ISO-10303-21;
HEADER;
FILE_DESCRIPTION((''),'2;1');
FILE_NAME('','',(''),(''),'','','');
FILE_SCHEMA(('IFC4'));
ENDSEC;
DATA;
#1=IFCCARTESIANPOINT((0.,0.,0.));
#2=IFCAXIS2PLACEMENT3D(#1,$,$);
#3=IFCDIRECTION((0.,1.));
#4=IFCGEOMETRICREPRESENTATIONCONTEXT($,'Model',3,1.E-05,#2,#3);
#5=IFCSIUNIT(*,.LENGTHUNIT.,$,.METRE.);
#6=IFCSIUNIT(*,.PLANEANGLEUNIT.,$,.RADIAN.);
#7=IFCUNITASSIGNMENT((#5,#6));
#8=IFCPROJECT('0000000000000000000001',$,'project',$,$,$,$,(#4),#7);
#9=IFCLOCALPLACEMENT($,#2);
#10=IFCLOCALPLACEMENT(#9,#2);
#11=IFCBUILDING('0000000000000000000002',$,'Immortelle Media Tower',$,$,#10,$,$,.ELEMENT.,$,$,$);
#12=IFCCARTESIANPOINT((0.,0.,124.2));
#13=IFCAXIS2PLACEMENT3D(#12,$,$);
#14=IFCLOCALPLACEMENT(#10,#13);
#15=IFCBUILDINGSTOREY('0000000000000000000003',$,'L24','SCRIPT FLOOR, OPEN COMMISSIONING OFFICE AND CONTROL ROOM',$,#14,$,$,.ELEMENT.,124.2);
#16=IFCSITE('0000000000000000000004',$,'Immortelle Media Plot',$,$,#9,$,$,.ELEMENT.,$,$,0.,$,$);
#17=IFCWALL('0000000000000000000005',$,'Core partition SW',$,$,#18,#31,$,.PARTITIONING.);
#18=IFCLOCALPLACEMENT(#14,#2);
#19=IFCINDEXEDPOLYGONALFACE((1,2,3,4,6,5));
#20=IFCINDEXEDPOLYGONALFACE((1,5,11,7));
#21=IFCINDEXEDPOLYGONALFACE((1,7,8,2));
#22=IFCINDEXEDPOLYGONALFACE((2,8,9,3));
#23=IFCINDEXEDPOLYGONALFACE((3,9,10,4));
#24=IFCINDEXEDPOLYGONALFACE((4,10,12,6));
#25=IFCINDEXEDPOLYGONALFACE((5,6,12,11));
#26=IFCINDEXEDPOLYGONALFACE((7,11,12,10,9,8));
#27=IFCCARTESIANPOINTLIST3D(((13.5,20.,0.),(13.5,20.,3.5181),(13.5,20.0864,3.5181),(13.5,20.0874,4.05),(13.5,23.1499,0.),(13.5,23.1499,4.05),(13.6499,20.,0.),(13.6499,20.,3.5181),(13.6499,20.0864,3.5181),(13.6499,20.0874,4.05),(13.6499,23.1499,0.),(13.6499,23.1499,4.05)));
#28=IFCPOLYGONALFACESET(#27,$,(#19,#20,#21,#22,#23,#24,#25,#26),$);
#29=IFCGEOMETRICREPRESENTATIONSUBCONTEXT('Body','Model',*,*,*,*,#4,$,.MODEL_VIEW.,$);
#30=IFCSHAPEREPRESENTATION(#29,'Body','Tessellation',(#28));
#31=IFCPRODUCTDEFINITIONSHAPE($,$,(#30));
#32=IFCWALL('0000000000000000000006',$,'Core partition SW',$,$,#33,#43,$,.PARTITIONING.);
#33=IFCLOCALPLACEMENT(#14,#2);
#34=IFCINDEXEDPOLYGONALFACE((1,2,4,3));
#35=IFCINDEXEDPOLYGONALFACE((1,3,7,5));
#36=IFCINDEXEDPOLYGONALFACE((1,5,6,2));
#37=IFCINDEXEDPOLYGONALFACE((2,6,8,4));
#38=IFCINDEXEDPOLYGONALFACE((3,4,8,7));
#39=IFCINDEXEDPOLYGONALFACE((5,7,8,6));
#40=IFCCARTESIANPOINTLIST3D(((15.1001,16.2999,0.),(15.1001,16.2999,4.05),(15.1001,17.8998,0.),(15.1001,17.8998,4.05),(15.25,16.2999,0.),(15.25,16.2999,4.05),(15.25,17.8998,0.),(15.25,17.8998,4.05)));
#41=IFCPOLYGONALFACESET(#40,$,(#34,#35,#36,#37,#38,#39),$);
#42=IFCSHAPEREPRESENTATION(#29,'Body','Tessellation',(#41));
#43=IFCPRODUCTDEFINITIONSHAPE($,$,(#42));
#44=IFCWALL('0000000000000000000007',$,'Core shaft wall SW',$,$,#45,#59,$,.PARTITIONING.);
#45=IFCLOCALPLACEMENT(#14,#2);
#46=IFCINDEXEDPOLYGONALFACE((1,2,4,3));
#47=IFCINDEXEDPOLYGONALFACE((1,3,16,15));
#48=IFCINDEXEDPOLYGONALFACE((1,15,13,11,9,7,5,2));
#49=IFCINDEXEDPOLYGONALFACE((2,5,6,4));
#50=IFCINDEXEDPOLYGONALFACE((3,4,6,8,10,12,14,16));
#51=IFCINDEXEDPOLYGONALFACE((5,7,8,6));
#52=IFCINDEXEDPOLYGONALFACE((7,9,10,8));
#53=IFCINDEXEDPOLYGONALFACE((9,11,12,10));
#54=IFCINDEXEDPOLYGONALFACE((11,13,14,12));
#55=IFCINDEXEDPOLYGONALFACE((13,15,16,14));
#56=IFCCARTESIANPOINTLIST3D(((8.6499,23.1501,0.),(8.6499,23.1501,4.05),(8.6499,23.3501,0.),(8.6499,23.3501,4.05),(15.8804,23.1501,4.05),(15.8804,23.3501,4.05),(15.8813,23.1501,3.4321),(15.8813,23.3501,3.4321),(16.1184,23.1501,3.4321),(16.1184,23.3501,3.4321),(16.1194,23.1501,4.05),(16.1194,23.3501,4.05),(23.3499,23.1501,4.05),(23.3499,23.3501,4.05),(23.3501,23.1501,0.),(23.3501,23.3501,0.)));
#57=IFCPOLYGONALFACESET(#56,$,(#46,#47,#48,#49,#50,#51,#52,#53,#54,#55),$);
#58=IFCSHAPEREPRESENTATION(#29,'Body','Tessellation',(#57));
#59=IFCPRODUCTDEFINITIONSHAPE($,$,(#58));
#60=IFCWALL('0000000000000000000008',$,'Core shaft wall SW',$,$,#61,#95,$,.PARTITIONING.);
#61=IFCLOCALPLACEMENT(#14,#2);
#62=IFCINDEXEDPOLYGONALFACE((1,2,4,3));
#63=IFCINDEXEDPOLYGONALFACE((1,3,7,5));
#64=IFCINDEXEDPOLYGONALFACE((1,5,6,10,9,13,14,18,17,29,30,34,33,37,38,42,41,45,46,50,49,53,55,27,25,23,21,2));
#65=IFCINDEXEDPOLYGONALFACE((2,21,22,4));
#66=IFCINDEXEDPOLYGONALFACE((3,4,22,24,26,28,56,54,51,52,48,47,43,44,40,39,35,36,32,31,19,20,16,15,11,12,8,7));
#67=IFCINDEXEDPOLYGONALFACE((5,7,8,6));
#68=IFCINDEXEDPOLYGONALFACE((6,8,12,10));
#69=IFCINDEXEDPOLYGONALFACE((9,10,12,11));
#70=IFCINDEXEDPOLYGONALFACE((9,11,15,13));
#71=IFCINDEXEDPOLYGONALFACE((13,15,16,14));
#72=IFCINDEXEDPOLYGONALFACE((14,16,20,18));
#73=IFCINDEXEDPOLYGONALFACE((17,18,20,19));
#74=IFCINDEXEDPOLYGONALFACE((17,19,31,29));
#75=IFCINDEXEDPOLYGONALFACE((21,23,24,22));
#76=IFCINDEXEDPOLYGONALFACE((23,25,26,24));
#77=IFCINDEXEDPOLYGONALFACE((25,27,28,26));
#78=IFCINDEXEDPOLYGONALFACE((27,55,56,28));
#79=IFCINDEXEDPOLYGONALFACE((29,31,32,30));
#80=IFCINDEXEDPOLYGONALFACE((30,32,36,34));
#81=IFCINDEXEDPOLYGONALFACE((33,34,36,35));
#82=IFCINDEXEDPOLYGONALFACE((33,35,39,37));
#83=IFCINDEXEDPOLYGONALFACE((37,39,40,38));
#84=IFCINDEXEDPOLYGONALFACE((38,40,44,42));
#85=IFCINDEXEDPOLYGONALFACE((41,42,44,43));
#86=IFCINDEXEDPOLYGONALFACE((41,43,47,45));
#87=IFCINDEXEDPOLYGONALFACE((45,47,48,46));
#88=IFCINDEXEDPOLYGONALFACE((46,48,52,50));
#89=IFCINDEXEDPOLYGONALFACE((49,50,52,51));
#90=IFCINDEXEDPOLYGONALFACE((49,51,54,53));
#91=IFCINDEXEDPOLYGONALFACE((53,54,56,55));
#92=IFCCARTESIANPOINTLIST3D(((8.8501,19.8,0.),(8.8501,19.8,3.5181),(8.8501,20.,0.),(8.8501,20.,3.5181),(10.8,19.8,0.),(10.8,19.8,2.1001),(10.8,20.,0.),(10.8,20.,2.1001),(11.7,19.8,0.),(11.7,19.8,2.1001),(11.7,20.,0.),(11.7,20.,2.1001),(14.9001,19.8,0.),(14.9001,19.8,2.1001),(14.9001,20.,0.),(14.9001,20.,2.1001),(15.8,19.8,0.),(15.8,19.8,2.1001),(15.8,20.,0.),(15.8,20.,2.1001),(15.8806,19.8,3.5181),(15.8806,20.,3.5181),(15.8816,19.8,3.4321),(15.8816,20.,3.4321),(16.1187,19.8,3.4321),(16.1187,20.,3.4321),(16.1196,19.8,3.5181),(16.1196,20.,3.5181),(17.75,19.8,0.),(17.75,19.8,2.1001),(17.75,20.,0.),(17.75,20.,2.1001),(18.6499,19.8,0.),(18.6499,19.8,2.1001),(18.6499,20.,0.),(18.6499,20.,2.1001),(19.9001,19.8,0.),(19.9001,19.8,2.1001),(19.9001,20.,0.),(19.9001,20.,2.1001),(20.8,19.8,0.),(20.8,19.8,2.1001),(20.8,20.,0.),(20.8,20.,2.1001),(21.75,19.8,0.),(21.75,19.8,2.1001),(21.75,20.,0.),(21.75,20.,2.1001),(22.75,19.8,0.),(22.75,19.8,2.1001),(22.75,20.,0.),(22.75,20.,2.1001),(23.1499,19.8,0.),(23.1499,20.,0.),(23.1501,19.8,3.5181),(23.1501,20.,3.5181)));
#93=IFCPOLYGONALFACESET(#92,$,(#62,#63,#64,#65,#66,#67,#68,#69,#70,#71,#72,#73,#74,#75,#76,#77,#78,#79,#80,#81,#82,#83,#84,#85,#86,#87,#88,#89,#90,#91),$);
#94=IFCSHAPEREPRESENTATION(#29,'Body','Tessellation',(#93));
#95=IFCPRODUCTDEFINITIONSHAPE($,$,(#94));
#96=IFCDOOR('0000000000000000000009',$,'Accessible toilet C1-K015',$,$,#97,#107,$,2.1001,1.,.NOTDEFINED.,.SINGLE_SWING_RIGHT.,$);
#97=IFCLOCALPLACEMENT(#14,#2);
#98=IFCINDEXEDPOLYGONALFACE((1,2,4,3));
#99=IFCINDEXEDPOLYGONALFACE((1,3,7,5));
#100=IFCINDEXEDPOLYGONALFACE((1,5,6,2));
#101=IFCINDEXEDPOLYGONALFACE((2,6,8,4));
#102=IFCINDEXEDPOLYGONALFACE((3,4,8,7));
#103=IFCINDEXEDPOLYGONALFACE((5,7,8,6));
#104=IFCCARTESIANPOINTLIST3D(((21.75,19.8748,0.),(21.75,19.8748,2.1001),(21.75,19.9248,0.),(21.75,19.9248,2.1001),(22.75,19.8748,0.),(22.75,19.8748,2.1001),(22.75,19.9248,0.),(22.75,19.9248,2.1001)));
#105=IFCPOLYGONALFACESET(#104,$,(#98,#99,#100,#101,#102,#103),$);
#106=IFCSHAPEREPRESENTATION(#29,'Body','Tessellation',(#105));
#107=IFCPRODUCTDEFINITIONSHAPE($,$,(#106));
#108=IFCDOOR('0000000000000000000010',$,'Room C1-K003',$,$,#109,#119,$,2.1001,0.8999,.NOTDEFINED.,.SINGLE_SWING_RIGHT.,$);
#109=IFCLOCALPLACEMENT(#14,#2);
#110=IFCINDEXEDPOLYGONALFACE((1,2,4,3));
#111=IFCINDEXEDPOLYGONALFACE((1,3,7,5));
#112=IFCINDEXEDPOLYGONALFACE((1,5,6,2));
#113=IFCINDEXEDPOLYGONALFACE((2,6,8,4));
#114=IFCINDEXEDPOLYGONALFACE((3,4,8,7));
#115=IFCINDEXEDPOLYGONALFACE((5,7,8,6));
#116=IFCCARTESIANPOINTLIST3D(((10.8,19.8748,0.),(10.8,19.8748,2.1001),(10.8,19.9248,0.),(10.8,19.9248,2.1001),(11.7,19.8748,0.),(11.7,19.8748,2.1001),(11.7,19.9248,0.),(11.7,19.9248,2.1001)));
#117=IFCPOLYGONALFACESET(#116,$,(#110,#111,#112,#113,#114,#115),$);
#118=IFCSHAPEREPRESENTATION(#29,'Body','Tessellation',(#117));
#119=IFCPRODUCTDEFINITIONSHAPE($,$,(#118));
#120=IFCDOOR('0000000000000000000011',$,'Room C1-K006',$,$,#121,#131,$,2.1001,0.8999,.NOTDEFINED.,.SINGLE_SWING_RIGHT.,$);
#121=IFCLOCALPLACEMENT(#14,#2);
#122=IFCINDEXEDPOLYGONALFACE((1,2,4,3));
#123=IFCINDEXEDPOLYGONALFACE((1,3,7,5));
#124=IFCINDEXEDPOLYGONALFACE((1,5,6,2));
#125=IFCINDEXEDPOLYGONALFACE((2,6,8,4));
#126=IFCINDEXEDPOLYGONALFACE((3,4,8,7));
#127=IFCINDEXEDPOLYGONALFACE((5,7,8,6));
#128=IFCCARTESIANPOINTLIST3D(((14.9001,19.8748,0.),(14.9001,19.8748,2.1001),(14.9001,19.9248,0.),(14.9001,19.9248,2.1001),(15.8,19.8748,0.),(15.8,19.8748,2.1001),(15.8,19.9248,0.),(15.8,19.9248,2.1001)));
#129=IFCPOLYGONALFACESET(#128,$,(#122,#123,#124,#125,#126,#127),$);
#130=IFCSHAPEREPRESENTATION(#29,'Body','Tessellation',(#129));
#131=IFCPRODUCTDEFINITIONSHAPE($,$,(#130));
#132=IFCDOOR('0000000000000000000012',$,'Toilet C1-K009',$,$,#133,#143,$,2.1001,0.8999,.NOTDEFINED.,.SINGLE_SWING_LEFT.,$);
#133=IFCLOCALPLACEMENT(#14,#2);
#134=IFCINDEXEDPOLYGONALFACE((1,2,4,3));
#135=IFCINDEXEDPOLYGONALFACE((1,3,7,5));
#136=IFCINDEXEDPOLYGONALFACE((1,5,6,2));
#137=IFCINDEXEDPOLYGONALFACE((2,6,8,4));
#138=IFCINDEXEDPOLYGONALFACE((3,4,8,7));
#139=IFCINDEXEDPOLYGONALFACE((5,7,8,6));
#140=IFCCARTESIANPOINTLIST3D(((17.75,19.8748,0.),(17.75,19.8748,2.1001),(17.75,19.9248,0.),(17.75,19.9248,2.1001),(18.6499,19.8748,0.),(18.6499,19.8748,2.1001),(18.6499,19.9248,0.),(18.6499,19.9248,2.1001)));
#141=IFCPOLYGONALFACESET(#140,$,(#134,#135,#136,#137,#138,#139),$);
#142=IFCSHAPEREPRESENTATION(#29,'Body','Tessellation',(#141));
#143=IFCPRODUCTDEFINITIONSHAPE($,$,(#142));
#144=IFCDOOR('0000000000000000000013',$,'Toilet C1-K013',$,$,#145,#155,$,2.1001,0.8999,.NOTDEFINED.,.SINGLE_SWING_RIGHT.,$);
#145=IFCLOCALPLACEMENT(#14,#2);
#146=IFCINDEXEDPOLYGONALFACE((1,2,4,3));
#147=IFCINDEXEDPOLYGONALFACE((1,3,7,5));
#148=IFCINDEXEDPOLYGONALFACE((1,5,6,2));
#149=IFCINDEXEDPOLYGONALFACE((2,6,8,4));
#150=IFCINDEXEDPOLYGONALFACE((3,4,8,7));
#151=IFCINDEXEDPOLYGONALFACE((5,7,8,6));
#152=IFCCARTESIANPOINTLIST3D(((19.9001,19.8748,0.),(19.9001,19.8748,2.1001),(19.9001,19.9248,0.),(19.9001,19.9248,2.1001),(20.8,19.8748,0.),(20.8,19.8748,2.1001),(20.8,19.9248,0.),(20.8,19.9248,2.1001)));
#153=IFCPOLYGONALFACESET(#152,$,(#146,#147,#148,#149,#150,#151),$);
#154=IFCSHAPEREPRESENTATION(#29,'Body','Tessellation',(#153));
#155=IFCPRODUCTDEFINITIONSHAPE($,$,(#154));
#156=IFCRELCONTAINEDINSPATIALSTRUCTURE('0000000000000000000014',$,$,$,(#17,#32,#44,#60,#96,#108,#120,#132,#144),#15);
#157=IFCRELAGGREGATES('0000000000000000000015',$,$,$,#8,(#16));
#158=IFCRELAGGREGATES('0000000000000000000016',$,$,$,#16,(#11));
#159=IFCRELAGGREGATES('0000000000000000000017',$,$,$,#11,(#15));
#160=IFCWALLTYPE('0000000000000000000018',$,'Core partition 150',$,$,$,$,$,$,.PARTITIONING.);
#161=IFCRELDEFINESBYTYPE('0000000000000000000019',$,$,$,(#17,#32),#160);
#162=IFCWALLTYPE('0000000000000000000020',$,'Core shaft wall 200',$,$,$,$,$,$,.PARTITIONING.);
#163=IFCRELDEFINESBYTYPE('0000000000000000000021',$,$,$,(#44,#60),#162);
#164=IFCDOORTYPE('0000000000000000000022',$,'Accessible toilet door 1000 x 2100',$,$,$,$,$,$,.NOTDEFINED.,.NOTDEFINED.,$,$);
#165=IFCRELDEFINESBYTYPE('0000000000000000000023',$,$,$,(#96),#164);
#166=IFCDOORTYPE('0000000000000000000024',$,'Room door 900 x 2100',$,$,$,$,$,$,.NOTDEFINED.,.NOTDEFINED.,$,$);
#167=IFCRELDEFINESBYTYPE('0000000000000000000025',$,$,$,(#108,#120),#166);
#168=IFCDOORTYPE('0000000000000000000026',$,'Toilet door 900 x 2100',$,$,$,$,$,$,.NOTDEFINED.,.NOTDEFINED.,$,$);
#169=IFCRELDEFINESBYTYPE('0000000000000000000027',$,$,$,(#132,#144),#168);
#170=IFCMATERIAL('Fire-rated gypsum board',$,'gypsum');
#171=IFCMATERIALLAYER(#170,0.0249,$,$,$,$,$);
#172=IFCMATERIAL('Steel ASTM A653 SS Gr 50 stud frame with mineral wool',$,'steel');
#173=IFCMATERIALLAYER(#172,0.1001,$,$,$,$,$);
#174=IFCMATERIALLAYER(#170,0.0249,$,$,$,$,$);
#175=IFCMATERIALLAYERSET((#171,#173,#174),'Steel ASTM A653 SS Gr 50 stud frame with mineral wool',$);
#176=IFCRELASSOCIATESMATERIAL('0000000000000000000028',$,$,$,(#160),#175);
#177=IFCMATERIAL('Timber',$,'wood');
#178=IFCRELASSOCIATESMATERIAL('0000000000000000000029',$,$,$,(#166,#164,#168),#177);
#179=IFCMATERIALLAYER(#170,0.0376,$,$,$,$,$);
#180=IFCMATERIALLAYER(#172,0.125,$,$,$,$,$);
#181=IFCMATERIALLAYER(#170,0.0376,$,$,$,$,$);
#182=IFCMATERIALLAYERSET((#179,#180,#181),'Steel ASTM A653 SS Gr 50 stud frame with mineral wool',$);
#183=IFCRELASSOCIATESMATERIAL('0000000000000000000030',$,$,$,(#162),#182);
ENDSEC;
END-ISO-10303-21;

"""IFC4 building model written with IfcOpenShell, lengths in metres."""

from ifc_helpers import new_model, si_unit, direction, frame, frame_2d, origin, place, context, subcontext, project, spatial, polyline, rectangle, outline, extrude, material, layer, layer_set, type_object, element, fill, save


model = new_model("IFC4")

# Units and contexts
model_context = context("Model", 3, precision=1e-05, world=origin(), true_north=direction((0.0, 1.0)))
body_context = subcontext(model_context, "Body", "Model", "MODEL_VIEW")
ifc_project = project(units=[si_unit("LENGTHUNIT", "METRE"), si_unit("PLANEANGLEUNIT", "RADIAN")], contexts=[model_context])

# Site, building, storey
site_placement = place(None, origin())
site = spatial("IfcSite", under=ifc_project, at=site_placement, Name="Immortelle Media Plot", CompositionType="ELEMENT", RefElevation=0.0)
building_placement = place(site_placement, origin())
building = spatial("IfcBuilding", under=site, at=building_placement, Name="Immortelle Media Tower", CompositionType="ELEMENT")
storey_placement = place(building_placement, frame((0.0, 0.0, 124.2)))
storey = spatial("IfcBuildingStorey", under=building, at=storey_placement, Name="L24", Description="SCRIPT FLOOR, OPEN COMMISSIONING OFFICE AND CONTROL ROOM", CompositionType="ELEMENT", Elevation=124.2)

# Shared definitions
ifc_material_1 = material(Name="Fire-rated gypsum board", Category="gypsum")
ifc_layer_1 = layer(ifc_material_1, 0.0249)
ifc_material_2 = material(Name="Steel ASTM A653 SS Gr 50 stud frame with mineral wool", Category="steel")
ifc_layer_2 = layer(ifc_material_2, 0.1001)
ifc_layer_3 = layer(ifc_material_1, 0.0249)
ifc_layer_set_1 = layer_set([ifc_layer_1, ifc_layer_2, ifc_layer_3], Name="Steel ASTM A653 SS Gr 50 stud frame with mineral wool")
wall_type_1 = type_object("IfcWallType", Name="Core partition 150", PredefinedType="PARTITIONING", material=ifc_layer_set_1)

# Shared definitions
ifc_material_3 = material(Name="Timber", Category="wood")
door_type_1 = type_object("IfcDoorType", Name="Room door 900 x 2100", OperationType="NOTDEFINED", PredefinedType="NOTDEFINED", material=ifc_material_3)

# Walls
wall_1_placement = place(storey_placement, frame((13.575, 20.0, 0.0), z_axis=(0.0, 0.0, 1.0), x_axis=(0.0, 1.0, 0.0)))
element("IfcWall", 1, at=wall_1_placement, inside=storey, type_object=wall_type_1, Name="Core partition SW", PredefinedType="PARTITIONING", context=body_context, shape_type="SweptSolid", body=[
    extrude(outline(polyline([(0.0, 0.0), (3.1499, 0.0), (3.1499, 4.05), (0.0874, 4.05), (0.0864, 3.5181), (0.0, 3.5181), (0.0, 0.0)])), frame((0.0, 0.075, 0.0), z_axis=(0.0, -1.0, 0.0), x_axis=(1.0, 0.0, 0.0)), (0.0, 0.0, 1.0), 0.1499),
])
wall_2_placement = place(storey_placement, frame((15.175, 16.3, 0.0), z_axis=(0.0, 0.0, 1.0), x_axis=(0.0, 1.0, 0.0)))
element("IfcWall", 2, at=wall_2_placement, inside=storey, type_object=wall_type_1, Name="Core partition SW", PredefinedType="PARTITIONING", context=body_context, shape_type="SweptSolid", body=[
    extrude(rectangle(XDim=1.5999, YDim=0.1499, at=frame_2d((0.7998, 0.0))), origin(), (0.0, 0.0, 1.0), 4.05),
])
ifc_layer_4 = layer(ifc_material_1, 0.0376)
ifc_layer_5 = layer(ifc_material_2, 0.125)
ifc_layer_6 = layer(ifc_material_1, 0.0376)
ifc_layer_set_2 = layer_set([ifc_layer_4, ifc_layer_5, ifc_layer_6], Name="Steel ASTM A653 SS Gr 50 stud frame with mineral wool")
wall_type_2 = type_object("IfcWallType", Name="Core shaft wall 200", PredefinedType="PARTITIONING", material=ifc_layer_set_2)
wall_3_placement = place(storey_placement, frame((8.6499, 23.25, 0.0), z_axis=(0.0, 0.0, 1.0), x_axis=(1.0, 0.0, 0.0)))
element("IfcWall", 3, at=wall_3_placement, inside=storey, type_object=wall_type_2, Name="Core shaft wall SW", PredefinedType="PARTITIONING", context=body_context, shape_type="SweptSolid", body=[
    extrude(outline(polyline([(0.0, 0.0), (14.7002, 0.0), (14.7, 4.05), (7.4695, 4.05), (7.4685, 3.4321), (7.2314, 3.4321), (7.2305, 4.05), (0.0, 4.05), (0.0, 0.0)])), frame((0.0, 0.1001, 0.0), z_axis=(0.0, -1.0, 0.0), x_axis=(1.0, 0.0, 0.0)), (0.0, 0.0, 1.0), 0.2),
])

# Wall, openings, doors
wall_4_placement = place(storey_placement, frame((8.8501, 19.8999, 0.0), z_axis=(0.0, 0.0, 1.0), x_axis=(1.0, 0.0, 0.0)))
wall_4 = element("IfcWall", 4, at=wall_4_placement, inside=storey, type_object=wall_type_2, Name="Core shaft wall SW", PredefinedType="PARTITIONING", context=body_context, shape_type="SweptSolid", body=[
    extrude(outline(polyline([(0.0, 0.0), (14.2998, 0.0), (14.3, 3.5181), (7.2695, 3.5181), (7.2686, 3.4321), (7.0315, 3.4321), (7.0305, 3.5181), (0.0, 3.5181), (0.0, 0.0)])), frame((0.0, 0.1001, 0.0), z_axis=(0.0, -1.0, 0.0), x_axis=(1.0, 0.0, 0.0)), (0.0, 0.0, 1.0), 0.2),
])
opening_1_placement = place(wall_4_placement, frame((1.95, 0.0, 0.0)))
opening_1 = element("IfcOpeningElement", 5, at=opening_1_placement, cuts=wall_4, PredefinedType="OPENING", context=body_context, shape_type="SweptSolid", body=[
    extrude(rectangle(XDim=0.8999, YDim=2.1001, at=frame_2d((0.45, 1.05))), frame((0.0, 0.1099, 0.0), z_axis=(0.0, -1.0, 0.0), x_axis=(1.0, 0.0, 0.0)), (0.0, 0.0, 1.0), 0.22),
])
opening_2_placement = place(wall_4_placement, frame((6.05, 0.0, 0.0)))
opening_2 = element("IfcOpeningElement", 6, at=opening_2_placement, cuts=wall_4, PredefinedType="OPENING", context=body_context, shape_type="SweptSolid", body=[
    extrude(rectangle(XDim=0.8999, YDim=2.1001, at=frame_2d((0.45, 1.05))), frame((0.0, 0.1099, 0.0), z_axis=(0.0, -1.0, 0.0), x_axis=(1.0, 0.0, 0.0)), (0.0, 0.0, 1.0), 0.22),
])
opening_3_placement = place(wall_4_placement, frame((8.8999, 0.0, 0.0)))
opening_3 = element("IfcOpeningElement", 7, at=opening_3_placement, cuts=wall_4, PredefinedType="OPENING", context=body_context, shape_type="SweptSolid", body=[
    extrude(rectangle(XDim=0.8999, YDim=2.1001, at=frame_2d((0.45, 1.05))), frame((0.0, 0.1099, 0.0), z_axis=(0.0, -1.0, 0.0), x_axis=(1.0, 0.0, 0.0)), (0.0, 0.0, 1.0), 0.22),
])
opening_4_placement = place(wall_4_placement, frame((11.05, 0.0, 0.0)))
opening_4 = element("IfcOpeningElement", 8, at=opening_4_placement, cuts=wall_4, PredefinedType="OPENING", context=body_context, shape_type="SweptSolid", body=[
    extrude(rectangle(XDim=0.8999, YDim=2.1001, at=frame_2d((0.45, 1.05))), frame((0.0, 0.1099, 0.0), z_axis=(0.0, -1.0, 0.0), x_axis=(1.0, 0.0, 0.0)), (0.0, 0.0, 1.0), 0.22),
])
opening_5_placement = place(wall_4_placement, frame((12.8999, 0.0, 0.0)))
opening_5 = element("IfcOpeningElement", 9, at=opening_5_placement, cuts=wall_4, PredefinedType="OPENING", context=body_context, shape_type="SweptSolid", body=[
    extrude(rectangle(XDim=1.0, YDim=2.1001, at=frame_2d((0.5, 1.05))), frame((0.0, 0.1099, 0.0), z_axis=(0.0, -1.0, 0.0), x_axis=(1.0, 0.0, 0.0)), (0.0, 0.0, 1.0), 0.22),
])
door_type_2 = type_object("IfcDoorType", Name="Accessible toilet door 1000 x 2100", OperationType="NOTDEFINED", PredefinedType="NOTDEFINED", material=ifc_material_3)
door_1_placement = place(opening_5_placement, origin())
door_1 = element("IfcDoor", 10, at=door_1_placement, inside=storey, type_object=door_type_2, Name="Accessible toilet C1-K015", OperationType="SINGLE_SWING_RIGHT", OverallHeight=2.1001, OverallWidth=1.0, PredefinedType="NOTDEFINED", context=body_context, shape_type="SweptSolid", body=[
    extrude(rectangle(XDim=1.0, YDim=2.1001, at=frame_2d((0.5, 1.05))), frame((0.0, 0.0249, 0.0), z_axis=(0.0, -1.0, 0.0), x_axis=(1.0, 0.0, 0.0)), (0.0, 0.0, 1.0), 0.05),
])
fill(opening_5, door_1)
door_2_placement = place(opening_1_placement, origin())
door_2 = element("IfcDoor", 11, at=door_2_placement, inside=storey, type_object=door_type_1, Name="Room C1-K003", OperationType="SINGLE_SWING_RIGHT", OverallHeight=2.1001, OverallWidth=0.8999, PredefinedType="NOTDEFINED", context=body_context, shape_type="SweptSolid", body=[
    extrude(rectangle(XDim=0.8999, YDim=2.1001, at=frame_2d((0.45, 1.05))), frame((0.0, 0.0249, 0.0), z_axis=(0.0, -1.0, 0.0), x_axis=(1.0, 0.0, 0.0)), (0.0, 0.0, 1.0), 0.05),
])
fill(opening_1, door_2)
door_3_placement = place(opening_2_placement, origin())
door_3 = element("IfcDoor", 12, at=door_3_placement, inside=storey, type_object=door_type_1, Name="Room C1-K006", OperationType="SINGLE_SWING_RIGHT", OverallHeight=2.1001, OverallWidth=0.8999, PredefinedType="NOTDEFINED", context=body_context, shape_type="SweptSolid", body=[
    extrude(rectangle(XDim=0.8999, YDim=2.1001, at=frame_2d((0.45, 1.05))), frame((0.0, 0.0249, 0.0), z_axis=(0.0, -1.0, 0.0), x_axis=(1.0, 0.0, 0.0)), (0.0, 0.0, 1.0), 0.05),
])
fill(opening_2, door_3)
door_type_3 = type_object("IfcDoorType", Name="Toilet door 900 x 2100", OperationType="NOTDEFINED", PredefinedType="NOTDEFINED", material=ifc_material_3)
door_4_placement = place(opening_3_placement, origin())
door_4 = element("IfcDoor", 13, at=door_4_placement, inside=storey, type_object=door_type_3, Name="Toilet C1-K009", OperationType="SINGLE_SWING_LEFT", OverallHeight=2.1001, OverallWidth=0.8999, PredefinedType="NOTDEFINED", context=body_context, shape_type="SweptSolid", body=[
    extrude(rectangle(XDim=0.8999, YDim=2.1001, at=frame_2d((0.45, 1.05))), frame((0.0, 0.0249, 0.0), z_axis=(0.0, -1.0, 0.0), x_axis=(1.0, 0.0, 0.0)), (0.0, 0.0, 1.0), 0.05),
])
fill(opening_3, door_4)
door_5_placement = place(opening_4_placement, origin())
door_5 = element("IfcDoor", 14, at=door_5_placement, inside=storey, type_object=door_type_3, Name="Toilet C1-K013", OperationType="SINGLE_SWING_RIGHT", OverallHeight=2.1001, OverallWidth=0.8999, PredefinedType="NOTDEFINED", context=body_context, shape_type="SweptSolid", body=[
    extrude(rectangle(XDim=0.8999, YDim=2.1001, at=frame_2d((0.45, 1.05))), frame((0.0, 0.0249, 0.0), z_axis=(0.0, -1.0, 0.0), x_axis=(1.0, 0.0, 0.0)), (0.0, 0.0, 1.0), 0.05),
])
fill(opening_4, door_5)

save(model, "model.ifc")
